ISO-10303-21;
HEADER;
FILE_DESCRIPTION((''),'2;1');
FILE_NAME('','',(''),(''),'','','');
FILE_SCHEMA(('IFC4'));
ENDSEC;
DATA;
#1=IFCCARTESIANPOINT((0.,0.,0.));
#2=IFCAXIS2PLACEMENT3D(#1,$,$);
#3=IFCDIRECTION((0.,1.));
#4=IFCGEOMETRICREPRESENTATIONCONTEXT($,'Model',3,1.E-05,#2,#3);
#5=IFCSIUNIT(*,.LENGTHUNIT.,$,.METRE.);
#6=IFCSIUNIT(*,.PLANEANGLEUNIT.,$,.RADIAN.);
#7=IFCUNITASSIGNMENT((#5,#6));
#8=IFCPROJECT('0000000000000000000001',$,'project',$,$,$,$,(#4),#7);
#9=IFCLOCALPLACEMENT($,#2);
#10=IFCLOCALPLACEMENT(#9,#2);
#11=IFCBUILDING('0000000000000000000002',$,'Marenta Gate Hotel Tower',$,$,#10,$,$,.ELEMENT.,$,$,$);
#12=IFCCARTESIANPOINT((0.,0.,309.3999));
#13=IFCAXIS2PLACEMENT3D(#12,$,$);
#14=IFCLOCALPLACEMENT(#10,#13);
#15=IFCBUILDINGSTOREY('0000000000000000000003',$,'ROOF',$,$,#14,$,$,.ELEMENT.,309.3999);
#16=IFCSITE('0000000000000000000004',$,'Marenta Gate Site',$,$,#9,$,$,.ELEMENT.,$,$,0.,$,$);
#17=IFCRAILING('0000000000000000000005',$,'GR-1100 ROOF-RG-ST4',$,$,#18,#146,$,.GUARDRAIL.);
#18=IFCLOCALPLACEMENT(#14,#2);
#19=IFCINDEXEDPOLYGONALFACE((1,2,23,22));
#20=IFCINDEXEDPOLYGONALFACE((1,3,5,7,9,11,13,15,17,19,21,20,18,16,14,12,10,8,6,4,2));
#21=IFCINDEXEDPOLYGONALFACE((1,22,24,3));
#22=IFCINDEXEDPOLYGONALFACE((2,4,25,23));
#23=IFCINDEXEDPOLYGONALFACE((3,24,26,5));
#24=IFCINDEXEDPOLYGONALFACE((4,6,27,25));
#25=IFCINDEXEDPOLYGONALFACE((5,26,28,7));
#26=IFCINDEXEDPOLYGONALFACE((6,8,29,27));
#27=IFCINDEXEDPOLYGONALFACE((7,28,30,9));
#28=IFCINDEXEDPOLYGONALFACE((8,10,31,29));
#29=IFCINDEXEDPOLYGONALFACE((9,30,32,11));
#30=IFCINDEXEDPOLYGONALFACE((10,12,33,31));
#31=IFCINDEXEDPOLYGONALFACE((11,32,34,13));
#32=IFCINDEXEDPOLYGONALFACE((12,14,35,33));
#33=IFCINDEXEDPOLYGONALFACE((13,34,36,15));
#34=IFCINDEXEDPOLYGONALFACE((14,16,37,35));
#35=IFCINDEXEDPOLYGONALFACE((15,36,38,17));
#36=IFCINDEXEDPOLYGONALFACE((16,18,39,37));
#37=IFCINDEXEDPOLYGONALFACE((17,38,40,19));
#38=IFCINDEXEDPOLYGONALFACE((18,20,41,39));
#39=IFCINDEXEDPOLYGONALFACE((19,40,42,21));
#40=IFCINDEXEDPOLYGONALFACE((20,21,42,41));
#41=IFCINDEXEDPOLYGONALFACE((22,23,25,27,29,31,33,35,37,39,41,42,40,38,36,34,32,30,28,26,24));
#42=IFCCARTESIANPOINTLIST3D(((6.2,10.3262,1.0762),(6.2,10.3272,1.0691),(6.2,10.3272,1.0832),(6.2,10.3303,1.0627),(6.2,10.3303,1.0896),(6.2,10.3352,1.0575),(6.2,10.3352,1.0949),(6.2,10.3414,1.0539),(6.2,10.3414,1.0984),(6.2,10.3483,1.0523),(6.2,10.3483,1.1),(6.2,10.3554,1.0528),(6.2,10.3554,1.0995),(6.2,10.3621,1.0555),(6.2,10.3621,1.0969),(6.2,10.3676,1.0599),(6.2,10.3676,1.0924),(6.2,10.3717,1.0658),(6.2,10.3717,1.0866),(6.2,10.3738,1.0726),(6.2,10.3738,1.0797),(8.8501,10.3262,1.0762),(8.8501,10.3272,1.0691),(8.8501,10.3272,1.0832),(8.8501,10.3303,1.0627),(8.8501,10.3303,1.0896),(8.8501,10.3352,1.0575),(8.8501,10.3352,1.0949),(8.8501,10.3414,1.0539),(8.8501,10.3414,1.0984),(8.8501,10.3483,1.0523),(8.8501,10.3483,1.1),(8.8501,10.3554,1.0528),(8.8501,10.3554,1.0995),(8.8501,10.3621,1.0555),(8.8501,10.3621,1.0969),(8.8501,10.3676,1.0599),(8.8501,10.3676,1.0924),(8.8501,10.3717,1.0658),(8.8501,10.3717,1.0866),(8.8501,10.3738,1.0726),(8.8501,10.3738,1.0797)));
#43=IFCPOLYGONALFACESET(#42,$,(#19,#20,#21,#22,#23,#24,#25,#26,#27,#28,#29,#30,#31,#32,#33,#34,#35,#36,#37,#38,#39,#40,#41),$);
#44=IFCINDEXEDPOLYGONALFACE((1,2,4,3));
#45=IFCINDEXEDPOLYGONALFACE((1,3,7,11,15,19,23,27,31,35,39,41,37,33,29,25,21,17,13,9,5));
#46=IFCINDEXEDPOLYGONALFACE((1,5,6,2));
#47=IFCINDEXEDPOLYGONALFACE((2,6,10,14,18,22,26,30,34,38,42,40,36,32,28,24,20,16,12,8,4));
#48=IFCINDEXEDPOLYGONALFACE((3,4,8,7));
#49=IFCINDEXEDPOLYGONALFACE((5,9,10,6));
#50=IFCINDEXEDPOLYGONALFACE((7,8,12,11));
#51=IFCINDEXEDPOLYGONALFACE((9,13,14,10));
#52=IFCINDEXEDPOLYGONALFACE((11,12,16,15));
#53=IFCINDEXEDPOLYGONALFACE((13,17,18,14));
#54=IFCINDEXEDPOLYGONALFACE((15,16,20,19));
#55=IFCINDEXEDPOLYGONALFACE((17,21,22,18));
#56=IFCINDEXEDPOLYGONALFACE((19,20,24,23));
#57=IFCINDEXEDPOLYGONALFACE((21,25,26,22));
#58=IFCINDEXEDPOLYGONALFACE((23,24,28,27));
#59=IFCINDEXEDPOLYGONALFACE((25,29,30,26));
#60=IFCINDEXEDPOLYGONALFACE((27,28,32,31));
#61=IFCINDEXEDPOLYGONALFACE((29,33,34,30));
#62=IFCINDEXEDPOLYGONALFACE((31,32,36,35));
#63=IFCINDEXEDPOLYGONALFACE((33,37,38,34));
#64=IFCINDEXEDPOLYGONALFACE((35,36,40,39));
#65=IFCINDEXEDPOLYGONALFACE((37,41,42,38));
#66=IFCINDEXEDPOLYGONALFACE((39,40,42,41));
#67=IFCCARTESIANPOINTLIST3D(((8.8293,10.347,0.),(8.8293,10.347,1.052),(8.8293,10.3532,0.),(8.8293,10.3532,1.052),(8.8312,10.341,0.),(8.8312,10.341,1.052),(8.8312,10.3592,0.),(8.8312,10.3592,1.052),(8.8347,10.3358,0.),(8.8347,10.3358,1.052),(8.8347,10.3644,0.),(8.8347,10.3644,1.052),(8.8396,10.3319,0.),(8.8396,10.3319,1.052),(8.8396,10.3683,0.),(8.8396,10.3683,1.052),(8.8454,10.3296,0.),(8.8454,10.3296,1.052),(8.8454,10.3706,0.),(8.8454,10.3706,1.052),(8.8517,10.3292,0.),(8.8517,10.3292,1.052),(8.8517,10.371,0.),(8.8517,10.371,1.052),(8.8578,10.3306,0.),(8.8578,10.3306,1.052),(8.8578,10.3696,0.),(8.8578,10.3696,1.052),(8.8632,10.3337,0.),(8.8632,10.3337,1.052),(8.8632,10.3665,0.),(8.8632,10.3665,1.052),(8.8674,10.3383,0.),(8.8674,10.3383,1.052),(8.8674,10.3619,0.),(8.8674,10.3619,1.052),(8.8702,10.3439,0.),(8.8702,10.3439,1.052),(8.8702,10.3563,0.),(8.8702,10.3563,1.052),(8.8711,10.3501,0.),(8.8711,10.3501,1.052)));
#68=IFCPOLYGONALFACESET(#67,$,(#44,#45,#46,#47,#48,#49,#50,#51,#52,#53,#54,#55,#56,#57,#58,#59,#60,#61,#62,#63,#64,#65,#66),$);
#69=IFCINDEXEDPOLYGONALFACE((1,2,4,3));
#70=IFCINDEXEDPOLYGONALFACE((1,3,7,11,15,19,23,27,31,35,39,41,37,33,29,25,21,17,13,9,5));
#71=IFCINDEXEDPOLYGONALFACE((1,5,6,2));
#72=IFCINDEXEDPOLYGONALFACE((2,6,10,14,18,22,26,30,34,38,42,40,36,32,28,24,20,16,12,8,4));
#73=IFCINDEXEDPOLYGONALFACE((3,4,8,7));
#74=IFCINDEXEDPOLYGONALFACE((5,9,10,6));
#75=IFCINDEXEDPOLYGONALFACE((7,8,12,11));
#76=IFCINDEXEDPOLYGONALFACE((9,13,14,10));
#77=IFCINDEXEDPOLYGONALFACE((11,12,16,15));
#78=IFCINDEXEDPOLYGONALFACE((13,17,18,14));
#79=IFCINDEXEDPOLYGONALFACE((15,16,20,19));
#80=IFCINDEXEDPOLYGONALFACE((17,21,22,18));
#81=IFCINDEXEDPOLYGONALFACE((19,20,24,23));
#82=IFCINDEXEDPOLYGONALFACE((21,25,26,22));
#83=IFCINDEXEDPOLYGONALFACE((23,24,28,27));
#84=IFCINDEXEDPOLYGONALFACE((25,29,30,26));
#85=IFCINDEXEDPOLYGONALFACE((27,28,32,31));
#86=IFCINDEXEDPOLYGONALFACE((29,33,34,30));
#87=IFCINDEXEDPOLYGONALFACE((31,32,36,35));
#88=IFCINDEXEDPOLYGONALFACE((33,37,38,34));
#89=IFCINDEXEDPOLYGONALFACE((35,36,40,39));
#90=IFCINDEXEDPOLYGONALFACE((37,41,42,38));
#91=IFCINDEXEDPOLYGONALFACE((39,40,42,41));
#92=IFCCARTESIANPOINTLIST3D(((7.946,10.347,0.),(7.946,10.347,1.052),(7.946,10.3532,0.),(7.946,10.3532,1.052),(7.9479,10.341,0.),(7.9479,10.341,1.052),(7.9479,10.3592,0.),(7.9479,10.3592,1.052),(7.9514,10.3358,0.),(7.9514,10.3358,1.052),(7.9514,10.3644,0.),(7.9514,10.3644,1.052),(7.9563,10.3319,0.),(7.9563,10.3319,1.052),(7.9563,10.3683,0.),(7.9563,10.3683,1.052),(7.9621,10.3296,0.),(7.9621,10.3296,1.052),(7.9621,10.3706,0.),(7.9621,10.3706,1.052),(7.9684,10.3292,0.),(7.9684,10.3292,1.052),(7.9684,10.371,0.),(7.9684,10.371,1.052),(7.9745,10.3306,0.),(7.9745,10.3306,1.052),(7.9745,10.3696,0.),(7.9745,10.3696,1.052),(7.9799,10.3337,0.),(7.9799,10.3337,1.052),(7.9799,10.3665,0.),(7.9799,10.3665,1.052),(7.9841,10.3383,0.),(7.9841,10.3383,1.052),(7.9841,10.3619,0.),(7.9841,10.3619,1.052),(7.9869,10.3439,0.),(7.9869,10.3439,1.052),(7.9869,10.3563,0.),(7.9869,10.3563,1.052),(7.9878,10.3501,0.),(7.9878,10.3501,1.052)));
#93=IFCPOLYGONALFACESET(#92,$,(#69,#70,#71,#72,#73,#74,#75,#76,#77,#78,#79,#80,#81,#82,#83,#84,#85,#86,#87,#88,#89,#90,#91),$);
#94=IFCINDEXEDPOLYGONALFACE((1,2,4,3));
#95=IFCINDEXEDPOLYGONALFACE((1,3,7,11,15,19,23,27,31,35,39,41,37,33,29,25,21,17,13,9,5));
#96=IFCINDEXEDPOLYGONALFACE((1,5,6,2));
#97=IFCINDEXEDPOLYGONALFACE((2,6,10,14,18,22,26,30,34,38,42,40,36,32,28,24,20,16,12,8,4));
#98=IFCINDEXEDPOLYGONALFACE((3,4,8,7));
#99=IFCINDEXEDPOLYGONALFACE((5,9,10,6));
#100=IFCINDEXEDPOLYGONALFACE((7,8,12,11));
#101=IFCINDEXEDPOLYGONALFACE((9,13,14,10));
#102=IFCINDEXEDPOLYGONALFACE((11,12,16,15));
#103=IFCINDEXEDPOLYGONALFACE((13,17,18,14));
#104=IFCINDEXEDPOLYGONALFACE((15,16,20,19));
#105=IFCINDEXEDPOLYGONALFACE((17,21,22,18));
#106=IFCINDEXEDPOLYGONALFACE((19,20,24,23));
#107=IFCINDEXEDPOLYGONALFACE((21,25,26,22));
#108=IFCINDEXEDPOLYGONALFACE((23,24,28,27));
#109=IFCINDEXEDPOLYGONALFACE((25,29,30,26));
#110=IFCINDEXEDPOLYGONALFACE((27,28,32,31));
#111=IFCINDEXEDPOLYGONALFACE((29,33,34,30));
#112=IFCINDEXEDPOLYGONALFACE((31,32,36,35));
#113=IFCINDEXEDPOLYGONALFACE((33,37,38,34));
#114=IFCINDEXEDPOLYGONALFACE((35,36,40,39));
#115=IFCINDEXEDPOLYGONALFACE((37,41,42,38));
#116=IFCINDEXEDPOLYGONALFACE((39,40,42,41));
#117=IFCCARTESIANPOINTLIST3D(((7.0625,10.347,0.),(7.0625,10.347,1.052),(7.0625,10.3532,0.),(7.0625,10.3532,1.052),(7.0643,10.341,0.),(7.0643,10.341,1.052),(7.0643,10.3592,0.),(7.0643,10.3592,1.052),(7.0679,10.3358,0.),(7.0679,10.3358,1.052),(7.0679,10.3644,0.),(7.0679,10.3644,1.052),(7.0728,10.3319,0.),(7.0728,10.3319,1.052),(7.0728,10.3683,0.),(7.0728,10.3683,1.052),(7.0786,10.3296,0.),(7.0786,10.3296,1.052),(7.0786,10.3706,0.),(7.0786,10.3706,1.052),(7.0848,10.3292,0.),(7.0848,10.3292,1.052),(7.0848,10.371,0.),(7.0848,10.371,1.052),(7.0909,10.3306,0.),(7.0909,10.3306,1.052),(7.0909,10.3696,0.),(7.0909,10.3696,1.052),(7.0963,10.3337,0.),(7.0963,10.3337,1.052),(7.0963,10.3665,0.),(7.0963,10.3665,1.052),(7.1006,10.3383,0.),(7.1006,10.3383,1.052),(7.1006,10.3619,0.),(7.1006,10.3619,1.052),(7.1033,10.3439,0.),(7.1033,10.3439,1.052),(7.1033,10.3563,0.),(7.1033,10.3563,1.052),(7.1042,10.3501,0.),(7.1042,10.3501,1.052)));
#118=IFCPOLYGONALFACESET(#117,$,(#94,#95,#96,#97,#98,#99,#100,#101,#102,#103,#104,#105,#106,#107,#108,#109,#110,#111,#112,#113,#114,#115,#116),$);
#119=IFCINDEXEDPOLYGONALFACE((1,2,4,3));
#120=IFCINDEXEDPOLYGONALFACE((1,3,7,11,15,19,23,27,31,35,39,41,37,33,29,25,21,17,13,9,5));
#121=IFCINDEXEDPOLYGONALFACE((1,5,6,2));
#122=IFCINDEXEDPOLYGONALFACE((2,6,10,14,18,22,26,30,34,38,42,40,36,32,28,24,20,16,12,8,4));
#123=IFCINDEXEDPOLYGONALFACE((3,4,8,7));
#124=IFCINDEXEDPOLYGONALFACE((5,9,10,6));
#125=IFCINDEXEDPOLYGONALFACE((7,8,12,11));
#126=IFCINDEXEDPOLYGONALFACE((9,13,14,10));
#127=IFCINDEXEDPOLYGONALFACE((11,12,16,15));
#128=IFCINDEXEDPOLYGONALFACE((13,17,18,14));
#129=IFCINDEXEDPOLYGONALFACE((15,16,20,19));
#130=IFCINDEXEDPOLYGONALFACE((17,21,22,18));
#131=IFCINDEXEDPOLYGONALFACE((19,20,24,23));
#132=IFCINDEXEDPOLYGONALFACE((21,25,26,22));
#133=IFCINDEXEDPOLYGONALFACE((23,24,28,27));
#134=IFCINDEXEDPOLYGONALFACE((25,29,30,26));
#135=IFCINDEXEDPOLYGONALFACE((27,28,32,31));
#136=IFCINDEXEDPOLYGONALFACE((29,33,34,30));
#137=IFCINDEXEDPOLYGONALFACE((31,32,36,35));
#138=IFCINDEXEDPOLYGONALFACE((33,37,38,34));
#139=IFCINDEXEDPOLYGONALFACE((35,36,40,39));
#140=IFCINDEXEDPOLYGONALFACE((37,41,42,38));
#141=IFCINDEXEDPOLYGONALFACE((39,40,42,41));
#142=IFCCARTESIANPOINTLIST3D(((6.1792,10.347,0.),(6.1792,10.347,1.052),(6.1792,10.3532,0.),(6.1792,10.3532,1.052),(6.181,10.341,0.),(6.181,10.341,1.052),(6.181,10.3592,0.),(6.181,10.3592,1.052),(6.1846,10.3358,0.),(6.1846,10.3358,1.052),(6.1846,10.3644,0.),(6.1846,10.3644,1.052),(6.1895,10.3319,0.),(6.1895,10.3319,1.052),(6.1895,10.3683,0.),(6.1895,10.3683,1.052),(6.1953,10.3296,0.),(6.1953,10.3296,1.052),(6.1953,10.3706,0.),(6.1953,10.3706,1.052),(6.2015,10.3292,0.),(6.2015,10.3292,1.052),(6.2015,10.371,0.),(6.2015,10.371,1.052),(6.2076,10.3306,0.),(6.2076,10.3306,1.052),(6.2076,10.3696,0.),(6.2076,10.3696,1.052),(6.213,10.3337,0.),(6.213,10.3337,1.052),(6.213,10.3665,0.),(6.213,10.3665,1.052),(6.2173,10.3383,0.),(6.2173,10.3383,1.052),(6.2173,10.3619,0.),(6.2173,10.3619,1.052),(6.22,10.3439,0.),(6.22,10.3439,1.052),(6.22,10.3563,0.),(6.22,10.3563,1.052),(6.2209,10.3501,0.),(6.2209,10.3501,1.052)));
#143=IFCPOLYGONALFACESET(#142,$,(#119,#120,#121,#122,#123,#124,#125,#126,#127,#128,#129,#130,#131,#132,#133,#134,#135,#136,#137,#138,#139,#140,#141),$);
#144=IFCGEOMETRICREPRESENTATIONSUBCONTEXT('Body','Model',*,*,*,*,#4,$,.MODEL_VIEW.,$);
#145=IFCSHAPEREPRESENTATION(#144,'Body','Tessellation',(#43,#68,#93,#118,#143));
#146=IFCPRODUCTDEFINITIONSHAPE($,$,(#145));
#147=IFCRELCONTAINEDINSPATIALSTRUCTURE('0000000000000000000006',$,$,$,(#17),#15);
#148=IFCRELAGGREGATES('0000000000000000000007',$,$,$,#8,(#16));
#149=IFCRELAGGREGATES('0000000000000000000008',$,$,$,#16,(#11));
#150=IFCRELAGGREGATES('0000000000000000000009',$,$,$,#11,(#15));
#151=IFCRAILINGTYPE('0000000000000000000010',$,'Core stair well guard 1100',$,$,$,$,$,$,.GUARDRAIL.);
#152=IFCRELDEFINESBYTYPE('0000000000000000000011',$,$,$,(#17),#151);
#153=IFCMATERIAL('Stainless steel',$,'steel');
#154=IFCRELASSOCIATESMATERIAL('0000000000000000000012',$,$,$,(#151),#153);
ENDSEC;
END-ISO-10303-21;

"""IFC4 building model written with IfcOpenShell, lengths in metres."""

from ifc_helpers import new_model, si_unit, direction, frame, origin, origin_2d, place, context, subcontext, project, spatial, circle, extrude, material, type_object, element, save


model = new_model("IFC4")

# Units and contexts
model_context = context("Model", 3, precision=1e-05, world=origin(), true_north=direction((0.0, 1.0)))
body_context = subcontext(model_context, "Body", "Model", "MODEL_VIEW")
ifc_project = project(units=[si_unit("LENGTHUNIT", "METRE"), si_unit("PLANEANGLEUNIT", "RADIAN")], contexts=[model_context])

# Site, building, storey
site_placement = place(None, origin())
site = spatial("IfcSite", under=ifc_project, at=site_placement, Name="Marenta Gate Site", CompositionType="ELEMENT", RefElevation=0.0)
building_placement = place(site_placement, origin())
building = spatial("IfcBuilding", under=site, at=building_placement, Name="Marenta Gate Hotel Tower", CompositionType="ELEMENT")
storey_placement = place(building_placement, frame((0.0, 0.0, 309.3999)))
storey = spatial("IfcBuildingStorey", under=building, at=storey_placement, Name="ROOF", CompositionType="ELEMENT", Elevation=309.3999)

# Railing
ifc_material_1 = material(Name="Stainless steel", Category="steel")
railing_type = type_object("IfcRailingType", Name="Core stair well guard 1100", PredefinedType="GUARDRAIL", material=ifc_material_1)
for number, where, name in (
    (1, (8.8501, 10.3501, 0.0), "GR-1100 ROOF-RG-ST4"),
):
    element("IfcRailing", number, at=place(storey_placement, frame(where)), inside=storey, type_object=railing_type, Name=name, PredefinedType="GUARDRAIL", context=body_context, shape_type="SweptSolid", body=[
        extrude(circle(Radius=0.0239, at=origin_2d()), frame((0.0, 0.0, 1.0762), z_axis=(-1.0, 0.0, 0.0), x_axis=(0.0, -1.0, 0.0)), (0.0, 0.0, 1.0), 2.6501),
        extrude(circle(Radius=0.021, at=origin_2d()), origin(), (0.0, 0.0, 1.0), 1.052),
        extrude(circle(Radius=0.021, at=origin_2d()), frame((-0.8833, 0.0, 0.0)), (0.0, 0.0, 1.0), 1.052),
        extrude(circle(Radius=0.021, at=origin_2d()), frame((-1.7668, 0.0, 0.0)), (0.0, 0.0, 1.0), 1.052),
        extrude(circle(Radius=0.021, at=origin_2d()), frame((-2.6501, 0.0, 0.0)), (0.0, 0.0, 1.0), 1.052),
    ])

save(model, "model.ifc")
